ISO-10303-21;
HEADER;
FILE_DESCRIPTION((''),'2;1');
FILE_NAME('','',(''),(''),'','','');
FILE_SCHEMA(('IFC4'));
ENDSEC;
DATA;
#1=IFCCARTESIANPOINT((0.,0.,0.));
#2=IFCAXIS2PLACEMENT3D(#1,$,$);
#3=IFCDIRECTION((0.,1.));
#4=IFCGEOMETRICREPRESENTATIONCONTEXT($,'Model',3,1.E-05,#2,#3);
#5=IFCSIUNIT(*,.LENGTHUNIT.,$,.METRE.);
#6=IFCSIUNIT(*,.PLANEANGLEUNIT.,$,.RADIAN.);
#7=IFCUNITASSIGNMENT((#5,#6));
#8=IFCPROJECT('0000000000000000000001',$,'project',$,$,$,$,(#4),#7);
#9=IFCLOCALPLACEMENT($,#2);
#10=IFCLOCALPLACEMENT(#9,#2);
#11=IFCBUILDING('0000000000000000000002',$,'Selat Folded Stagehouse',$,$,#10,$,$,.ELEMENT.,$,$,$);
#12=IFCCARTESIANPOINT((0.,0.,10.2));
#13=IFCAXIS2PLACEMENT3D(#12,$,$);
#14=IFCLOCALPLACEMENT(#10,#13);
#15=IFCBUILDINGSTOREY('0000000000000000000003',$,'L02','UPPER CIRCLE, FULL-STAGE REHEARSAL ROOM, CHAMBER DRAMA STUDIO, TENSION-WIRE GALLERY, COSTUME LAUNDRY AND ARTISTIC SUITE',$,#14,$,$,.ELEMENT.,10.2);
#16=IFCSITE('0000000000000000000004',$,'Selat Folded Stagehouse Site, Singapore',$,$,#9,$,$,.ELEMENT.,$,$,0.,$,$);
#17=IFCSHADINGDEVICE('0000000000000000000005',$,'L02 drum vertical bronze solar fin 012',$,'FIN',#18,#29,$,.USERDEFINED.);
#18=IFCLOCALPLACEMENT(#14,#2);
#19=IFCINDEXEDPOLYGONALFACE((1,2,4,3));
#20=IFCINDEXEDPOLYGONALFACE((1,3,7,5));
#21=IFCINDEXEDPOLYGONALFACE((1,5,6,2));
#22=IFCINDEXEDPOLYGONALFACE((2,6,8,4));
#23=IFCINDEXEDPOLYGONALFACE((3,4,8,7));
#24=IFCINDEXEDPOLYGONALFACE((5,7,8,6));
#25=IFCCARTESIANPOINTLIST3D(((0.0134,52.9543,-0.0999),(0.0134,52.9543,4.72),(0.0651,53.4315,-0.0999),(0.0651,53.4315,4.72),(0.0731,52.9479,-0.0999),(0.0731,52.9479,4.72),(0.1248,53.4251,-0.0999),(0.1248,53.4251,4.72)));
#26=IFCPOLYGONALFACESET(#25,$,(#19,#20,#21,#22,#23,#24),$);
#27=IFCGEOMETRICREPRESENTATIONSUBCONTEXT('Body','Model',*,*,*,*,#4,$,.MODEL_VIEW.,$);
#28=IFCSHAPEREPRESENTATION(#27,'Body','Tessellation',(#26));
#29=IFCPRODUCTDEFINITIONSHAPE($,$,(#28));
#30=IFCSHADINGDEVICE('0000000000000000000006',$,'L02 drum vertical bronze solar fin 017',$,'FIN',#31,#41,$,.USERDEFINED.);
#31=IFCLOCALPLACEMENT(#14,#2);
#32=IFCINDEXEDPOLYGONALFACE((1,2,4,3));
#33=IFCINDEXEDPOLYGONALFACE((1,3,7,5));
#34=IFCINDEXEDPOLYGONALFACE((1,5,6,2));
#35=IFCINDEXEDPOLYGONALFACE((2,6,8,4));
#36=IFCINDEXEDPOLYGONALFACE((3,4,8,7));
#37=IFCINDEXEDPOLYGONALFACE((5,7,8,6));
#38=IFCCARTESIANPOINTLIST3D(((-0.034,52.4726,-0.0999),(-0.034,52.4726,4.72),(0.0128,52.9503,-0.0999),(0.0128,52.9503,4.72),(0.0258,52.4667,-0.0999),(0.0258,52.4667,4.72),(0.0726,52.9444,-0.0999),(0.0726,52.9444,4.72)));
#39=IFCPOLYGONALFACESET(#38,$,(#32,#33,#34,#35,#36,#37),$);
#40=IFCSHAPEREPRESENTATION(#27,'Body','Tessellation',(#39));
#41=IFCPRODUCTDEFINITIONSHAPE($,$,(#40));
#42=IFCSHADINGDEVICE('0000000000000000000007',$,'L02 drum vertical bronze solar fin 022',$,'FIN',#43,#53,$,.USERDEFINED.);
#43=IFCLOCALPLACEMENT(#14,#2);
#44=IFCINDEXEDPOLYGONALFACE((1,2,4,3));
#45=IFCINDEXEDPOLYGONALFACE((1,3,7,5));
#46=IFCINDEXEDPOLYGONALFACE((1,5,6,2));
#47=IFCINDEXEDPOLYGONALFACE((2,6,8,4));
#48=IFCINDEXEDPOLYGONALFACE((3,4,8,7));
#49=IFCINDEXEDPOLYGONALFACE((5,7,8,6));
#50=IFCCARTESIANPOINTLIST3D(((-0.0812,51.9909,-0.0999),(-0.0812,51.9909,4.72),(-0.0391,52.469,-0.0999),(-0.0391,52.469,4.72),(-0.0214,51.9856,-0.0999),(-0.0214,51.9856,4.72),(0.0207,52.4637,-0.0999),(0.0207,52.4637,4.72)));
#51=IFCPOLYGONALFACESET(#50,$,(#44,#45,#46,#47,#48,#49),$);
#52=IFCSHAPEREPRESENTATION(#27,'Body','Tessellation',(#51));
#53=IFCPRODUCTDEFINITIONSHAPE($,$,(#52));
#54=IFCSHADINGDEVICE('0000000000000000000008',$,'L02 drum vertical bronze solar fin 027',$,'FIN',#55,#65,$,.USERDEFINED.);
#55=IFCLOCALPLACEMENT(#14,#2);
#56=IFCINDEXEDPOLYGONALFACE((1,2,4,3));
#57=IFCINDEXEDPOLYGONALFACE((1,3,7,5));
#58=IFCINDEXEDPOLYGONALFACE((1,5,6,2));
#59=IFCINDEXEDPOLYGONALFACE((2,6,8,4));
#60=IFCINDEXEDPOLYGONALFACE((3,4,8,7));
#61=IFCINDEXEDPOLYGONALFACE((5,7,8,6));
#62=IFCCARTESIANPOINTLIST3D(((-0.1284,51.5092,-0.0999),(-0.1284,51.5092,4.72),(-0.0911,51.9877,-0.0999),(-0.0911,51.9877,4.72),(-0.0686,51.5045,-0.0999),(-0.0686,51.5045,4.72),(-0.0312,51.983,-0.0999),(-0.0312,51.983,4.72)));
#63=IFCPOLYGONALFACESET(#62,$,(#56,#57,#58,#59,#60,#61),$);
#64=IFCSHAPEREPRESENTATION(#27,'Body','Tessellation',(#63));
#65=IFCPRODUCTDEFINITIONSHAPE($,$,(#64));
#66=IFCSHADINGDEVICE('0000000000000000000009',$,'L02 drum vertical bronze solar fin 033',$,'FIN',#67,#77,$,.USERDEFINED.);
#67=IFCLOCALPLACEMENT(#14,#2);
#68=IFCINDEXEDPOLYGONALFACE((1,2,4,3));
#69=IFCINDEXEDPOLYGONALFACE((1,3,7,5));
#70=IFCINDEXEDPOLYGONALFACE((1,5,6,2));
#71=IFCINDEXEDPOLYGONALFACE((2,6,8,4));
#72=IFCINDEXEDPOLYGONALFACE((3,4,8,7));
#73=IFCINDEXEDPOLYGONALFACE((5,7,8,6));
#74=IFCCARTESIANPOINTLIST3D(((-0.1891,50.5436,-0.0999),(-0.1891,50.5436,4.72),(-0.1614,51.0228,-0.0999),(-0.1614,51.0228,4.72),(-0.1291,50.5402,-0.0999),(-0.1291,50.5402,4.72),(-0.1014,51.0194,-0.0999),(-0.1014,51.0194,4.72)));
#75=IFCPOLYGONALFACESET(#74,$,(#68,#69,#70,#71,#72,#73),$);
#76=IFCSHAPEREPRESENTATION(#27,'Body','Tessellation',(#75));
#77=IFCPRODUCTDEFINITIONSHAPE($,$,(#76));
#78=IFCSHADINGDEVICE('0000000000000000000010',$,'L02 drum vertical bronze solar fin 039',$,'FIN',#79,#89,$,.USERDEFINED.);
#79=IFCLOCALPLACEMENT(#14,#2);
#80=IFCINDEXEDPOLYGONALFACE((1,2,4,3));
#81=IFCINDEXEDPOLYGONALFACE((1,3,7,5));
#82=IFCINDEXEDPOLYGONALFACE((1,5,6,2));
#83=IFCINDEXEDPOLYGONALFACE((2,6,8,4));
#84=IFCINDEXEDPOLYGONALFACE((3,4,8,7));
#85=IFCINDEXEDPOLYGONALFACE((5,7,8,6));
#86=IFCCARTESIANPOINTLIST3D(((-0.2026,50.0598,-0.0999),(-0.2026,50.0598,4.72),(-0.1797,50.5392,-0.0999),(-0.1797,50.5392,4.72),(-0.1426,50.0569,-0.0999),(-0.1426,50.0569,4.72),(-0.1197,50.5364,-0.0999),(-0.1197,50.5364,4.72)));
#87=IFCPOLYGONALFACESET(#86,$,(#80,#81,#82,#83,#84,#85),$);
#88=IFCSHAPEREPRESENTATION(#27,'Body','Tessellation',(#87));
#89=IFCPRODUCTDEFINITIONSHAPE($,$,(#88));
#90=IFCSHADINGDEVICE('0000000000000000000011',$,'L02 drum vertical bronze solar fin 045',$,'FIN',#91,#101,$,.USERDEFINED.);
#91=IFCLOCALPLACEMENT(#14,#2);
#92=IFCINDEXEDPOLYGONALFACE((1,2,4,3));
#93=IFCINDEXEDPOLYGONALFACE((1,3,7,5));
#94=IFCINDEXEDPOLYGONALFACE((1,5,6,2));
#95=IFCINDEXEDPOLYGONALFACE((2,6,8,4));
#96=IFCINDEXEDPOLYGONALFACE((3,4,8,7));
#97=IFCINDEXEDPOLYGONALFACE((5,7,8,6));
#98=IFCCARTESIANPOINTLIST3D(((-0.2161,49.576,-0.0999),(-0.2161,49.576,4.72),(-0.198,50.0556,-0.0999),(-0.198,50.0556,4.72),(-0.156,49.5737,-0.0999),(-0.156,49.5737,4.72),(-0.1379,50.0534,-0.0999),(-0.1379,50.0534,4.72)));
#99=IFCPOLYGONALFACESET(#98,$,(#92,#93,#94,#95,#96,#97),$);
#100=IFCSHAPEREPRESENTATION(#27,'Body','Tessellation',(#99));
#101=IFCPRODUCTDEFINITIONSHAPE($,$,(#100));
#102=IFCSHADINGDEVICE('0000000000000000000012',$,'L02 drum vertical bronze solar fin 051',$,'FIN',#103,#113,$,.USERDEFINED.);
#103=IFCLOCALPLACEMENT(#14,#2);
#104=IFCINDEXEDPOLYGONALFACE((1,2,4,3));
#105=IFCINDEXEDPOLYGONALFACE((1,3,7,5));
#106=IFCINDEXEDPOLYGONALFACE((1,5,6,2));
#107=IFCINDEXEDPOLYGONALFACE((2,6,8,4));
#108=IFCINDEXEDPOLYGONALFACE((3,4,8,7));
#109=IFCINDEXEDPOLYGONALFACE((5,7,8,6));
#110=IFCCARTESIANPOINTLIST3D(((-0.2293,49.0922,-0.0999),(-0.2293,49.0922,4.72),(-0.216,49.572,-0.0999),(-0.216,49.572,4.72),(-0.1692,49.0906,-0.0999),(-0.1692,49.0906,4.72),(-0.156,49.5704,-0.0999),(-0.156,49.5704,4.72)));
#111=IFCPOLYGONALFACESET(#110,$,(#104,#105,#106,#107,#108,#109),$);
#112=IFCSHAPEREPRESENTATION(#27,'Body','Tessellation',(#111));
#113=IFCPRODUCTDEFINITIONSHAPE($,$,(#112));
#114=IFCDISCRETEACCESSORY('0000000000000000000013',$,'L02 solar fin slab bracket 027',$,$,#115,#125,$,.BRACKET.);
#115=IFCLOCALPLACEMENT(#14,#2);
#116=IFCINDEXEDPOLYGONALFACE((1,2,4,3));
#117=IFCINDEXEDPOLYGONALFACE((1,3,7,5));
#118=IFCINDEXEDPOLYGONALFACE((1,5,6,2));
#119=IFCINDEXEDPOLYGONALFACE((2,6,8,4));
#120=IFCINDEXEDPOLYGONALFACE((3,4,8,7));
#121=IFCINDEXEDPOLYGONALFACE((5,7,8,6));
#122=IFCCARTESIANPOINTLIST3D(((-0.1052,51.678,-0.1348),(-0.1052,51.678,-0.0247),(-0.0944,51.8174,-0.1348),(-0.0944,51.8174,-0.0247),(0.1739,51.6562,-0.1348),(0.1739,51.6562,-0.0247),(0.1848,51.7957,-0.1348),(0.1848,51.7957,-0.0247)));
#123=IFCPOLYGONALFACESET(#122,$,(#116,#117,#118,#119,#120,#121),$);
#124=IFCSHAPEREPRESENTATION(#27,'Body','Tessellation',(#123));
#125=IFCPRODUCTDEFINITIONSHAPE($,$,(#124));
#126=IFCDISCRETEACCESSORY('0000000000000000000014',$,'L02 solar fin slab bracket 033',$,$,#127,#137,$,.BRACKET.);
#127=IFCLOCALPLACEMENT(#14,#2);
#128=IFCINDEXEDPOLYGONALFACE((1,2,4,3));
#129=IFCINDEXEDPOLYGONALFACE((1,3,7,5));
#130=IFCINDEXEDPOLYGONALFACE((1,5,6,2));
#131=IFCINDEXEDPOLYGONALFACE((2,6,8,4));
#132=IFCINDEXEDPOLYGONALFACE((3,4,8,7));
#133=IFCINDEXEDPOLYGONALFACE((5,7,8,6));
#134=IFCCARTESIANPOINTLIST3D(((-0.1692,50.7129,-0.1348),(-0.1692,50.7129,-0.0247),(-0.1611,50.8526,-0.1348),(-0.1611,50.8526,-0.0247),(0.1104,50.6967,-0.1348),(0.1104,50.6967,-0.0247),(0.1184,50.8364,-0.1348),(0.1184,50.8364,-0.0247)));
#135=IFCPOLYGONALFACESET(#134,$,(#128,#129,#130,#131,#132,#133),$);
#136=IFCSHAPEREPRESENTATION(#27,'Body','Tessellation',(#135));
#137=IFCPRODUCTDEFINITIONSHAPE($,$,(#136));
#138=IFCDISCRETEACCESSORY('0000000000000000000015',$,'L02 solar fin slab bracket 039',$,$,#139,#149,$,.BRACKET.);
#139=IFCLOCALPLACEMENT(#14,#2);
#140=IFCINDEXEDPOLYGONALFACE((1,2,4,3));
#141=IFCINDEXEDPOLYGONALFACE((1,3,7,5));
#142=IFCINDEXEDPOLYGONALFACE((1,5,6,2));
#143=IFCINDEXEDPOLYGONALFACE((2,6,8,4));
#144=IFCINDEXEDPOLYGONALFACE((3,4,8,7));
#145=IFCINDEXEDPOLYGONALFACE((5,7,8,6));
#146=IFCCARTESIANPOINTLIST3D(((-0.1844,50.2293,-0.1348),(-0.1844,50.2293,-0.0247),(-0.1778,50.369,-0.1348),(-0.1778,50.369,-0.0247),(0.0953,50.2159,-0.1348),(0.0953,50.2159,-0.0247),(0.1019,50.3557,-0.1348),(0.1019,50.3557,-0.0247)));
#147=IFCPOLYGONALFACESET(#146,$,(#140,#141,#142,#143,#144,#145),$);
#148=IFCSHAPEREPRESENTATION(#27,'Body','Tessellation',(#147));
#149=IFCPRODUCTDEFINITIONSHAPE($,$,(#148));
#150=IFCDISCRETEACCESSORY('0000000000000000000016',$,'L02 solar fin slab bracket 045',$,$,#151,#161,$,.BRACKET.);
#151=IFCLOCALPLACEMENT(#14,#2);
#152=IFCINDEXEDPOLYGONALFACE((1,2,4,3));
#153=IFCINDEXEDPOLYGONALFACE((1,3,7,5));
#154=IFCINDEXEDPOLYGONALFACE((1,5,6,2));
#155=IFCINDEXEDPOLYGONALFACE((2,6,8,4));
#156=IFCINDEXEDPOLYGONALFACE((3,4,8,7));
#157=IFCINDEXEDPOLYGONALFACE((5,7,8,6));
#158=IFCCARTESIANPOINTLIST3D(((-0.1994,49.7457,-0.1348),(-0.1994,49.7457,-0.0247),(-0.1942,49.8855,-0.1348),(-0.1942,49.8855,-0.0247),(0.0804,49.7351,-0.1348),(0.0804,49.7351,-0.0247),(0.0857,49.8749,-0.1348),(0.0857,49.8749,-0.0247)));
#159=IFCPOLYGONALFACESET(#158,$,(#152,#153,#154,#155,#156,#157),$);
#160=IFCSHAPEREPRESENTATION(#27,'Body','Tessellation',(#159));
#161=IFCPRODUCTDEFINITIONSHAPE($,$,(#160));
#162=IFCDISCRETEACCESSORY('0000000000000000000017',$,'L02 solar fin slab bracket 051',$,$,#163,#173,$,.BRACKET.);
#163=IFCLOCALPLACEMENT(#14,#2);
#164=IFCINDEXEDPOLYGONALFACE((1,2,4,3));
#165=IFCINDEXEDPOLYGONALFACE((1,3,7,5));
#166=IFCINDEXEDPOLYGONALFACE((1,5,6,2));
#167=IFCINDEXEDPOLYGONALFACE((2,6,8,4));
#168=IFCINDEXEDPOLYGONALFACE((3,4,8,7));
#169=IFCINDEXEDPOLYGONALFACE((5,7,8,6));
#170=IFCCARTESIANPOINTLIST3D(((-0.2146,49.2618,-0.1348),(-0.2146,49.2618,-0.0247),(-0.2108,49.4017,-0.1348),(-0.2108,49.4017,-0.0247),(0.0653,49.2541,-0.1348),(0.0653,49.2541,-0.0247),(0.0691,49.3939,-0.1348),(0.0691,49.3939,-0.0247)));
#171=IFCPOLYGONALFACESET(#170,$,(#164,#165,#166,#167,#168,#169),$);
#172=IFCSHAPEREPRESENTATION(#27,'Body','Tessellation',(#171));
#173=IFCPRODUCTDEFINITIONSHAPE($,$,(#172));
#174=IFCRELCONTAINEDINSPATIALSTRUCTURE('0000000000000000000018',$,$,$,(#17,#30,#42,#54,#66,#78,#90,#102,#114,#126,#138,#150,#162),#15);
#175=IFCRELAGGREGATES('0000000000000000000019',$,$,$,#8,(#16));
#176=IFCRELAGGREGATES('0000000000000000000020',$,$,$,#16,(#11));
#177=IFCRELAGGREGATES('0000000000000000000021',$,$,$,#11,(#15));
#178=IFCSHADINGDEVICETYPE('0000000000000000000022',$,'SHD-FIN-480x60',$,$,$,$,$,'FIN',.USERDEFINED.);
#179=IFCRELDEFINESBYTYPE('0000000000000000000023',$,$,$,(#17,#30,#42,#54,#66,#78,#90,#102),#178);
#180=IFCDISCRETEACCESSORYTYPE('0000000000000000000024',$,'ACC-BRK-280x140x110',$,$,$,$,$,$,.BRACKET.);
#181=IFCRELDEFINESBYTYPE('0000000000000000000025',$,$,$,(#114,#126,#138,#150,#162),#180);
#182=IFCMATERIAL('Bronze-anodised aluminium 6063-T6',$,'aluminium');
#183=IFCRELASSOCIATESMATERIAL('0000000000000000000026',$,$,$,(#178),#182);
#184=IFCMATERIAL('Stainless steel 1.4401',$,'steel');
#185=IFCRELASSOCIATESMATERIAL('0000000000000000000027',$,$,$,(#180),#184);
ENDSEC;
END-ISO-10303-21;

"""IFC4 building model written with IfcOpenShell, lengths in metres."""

from ifc_helpers import new_model, si_unit, direction, frame, origin, origin_2d, place, context, subcontext, project, spatial, rectangle, extrude, material, material_profile, profile_set, type_object, element, save


model = new_model("IFC4")

# Units and contexts
model_context = context("Model", 3, precision=1e-05, world=origin(), true_north=direction((0.0, 1.0)))
body_context = subcontext(model_context, "Body", "Model", "MODEL_VIEW")
ifc_project = project(units=[si_unit("LENGTHUNIT", "METRE"), si_unit("PLANEANGLEUNIT", "RADIAN")], contexts=[model_context])

# Site, building, storey
site_placement = place(None, origin())
site = spatial("IfcSite", under=ifc_project, at=site_placement, Name="Selat Folded Stagehouse Site, Singapore", CompositionType="ELEMENT", RefElevation=0.0)
building_placement = place(site_placement, origin())
building = spatial("IfcBuilding", under=site, at=building_placement, Name="Selat Folded Stagehouse", CompositionType="ELEMENT")
storey_placement = place(building_placement, frame((0.0, 0.0, 10.2)))
storey = spatial("IfcBuildingStorey", under=building, at=storey_placement, Name="L02", Description="UPPER CIRCLE, FULL-STAGE REHEARSAL ROOM, CHAMBER DRAMA STUDIO, TENSION-WIRE GALLERY, COSTUME LAUNDRY AND ARTISTIC SUITE", CompositionType="ELEMENT", Elevation=10.2)

# Shading devices
ifc_material_1 = material(Name="Bronze-anodised aluminium 6063-T6", Category="aluminium")
ifc_material_profile_1 = material_profile(ifc_material_1, rectangle(XDim=0.0601, YDim=0.48, at=origin_2d()), Name="SOLAR-FIN 480x60")
ifc_profile_set_1 = profile_set([ifc_material_profile_1], Name="Bronze-anodised aluminium 6063-T6")
shading_device_type = type_object("IfcShadingDeviceType", Name="SHD-FIN-480x60", ElementType="FIN", PredefinedType="USERDEFINED", material=ifc_profile_set_1)
for number, where, z_axis, x_axis, name in (
    (1, (0.0691, 53.1897, -0.0999), (0.0, 0.0, 1.0), (-0.994189, 0.107652, 0.0), "L02 drum vertical bronze solar fin 012"),
    (2, (0.0193, 52.7085, -0.0999), (0.0, 0.0, 1.0), (-0.995227, 0.097583, 0.0), "L02 drum vertical bronze solar fin 017"),
    (3, (-0.0303, 52.2273, -0.0999), (0.0, 0.0, 1.0), (-0.996149, 0.087677, 0.0), "L02 drum vertical bronze solar fin 022"),
    (4, (-0.0798, 51.7461, -0.0999), (0.0, 0.0, 1.0), (-0.996972, 0.077763, 0.0), "L02 drum vertical bronze solar fin 027"),
    (5, (-0.1453, 50.7815, -0.0999), (0.0, 0.0, 1.0), (-0.998332, 0.057738, 0.0), "L02 drum vertical bronze solar fin 033"),
    (6, (-0.1611, 50.2981, -0.0999), (0.0, 0.0, 1.0), (-0.998865, 0.047629, 0.0), "L02 drum vertical bronze solar fin 039"),
    (7, (-0.177, 49.8147, -0.0999), (0.0, 0.0, 1.0), (-0.999289, 0.03769, 0.0), "L02 drum vertical bronze solar fin 045"),
    (8, (-0.1926, 49.3313, -0.0999), (0.0, 0.0, 1.0), (-0.99962, 0.027573, 0.0), "L02 drum vertical bronze solar fin 051"),
):
    element("IfcShadingDevice", number, at=place(storey_placement, frame(where, z_axis=z_axis, x_axis=x_axis)), inside=storey, type_object=shading_device_type, Name=name, ObjectType="FIN", PredefinedType="USERDEFINED", context=body_context, shape_type="SweptSolid", body=[
        extrude(rectangle(XDim=0.0601, YDim=0.48, at=origin_2d()), origin(), (0.0, 0.0, 1.0), 4.8198),
    ])

# Discrete accessories
ifc_material_2 = material(Name="Stainless steel 1.4401", Category="steel")
discrete_accessory_type = type_object("IfcDiscreteAccessoryType", Name="ACC-BRK-280x140x110", PredefinedType="BRACKET", material=ifc_material_2)
for number, where, z_axis, x_axis, name in (
    (9, (0.0398, 51.7368, -0.1348), (0.0, 0.0, 1.0), (-0.996972, 0.077763, 0.0), "L02 solar fin slab bracket 027"),
    (10, (-0.0254, 50.7747, -0.1348), (0.0, 0.0, 1.0), (-0.998332, 0.057738, 0.0), "L02 solar fin slab bracket 033"),
    (11, (-0.0413, 50.2925, -0.1348), (0.0, 0.0, 1.0), (-0.998865, 0.047629, 0.0), "L02 solar fin slab bracket 039"),
    (12, (-0.0569, 49.8103, -0.1348), (0.0, 0.0, 1.0), (-0.999289, 0.03769, 0.0), "L02 solar fin slab bracket 045"),
    (13, (-0.0728, 49.3279, -0.1348), (0.0, 0.0, 1.0), (-0.99962, 0.027573, 0.0), "L02 solar fin slab bracket 051"),
):
    element("IfcDiscreteAccessory", number, at=place(storey_placement, frame(where, z_axis=z_axis, x_axis=x_axis)), inside=storey, type_object=discrete_accessory_type, Name=name, PredefinedType="BRACKET", context=body_context, shape_type="SweptSolid", body=[
        extrude(rectangle(XDim=0.28, YDim=0.1399, at=origin_2d()), origin(), (0.0, 0.0, 1.0), 0.1101),
    ])

save(model, "model.ifc")
